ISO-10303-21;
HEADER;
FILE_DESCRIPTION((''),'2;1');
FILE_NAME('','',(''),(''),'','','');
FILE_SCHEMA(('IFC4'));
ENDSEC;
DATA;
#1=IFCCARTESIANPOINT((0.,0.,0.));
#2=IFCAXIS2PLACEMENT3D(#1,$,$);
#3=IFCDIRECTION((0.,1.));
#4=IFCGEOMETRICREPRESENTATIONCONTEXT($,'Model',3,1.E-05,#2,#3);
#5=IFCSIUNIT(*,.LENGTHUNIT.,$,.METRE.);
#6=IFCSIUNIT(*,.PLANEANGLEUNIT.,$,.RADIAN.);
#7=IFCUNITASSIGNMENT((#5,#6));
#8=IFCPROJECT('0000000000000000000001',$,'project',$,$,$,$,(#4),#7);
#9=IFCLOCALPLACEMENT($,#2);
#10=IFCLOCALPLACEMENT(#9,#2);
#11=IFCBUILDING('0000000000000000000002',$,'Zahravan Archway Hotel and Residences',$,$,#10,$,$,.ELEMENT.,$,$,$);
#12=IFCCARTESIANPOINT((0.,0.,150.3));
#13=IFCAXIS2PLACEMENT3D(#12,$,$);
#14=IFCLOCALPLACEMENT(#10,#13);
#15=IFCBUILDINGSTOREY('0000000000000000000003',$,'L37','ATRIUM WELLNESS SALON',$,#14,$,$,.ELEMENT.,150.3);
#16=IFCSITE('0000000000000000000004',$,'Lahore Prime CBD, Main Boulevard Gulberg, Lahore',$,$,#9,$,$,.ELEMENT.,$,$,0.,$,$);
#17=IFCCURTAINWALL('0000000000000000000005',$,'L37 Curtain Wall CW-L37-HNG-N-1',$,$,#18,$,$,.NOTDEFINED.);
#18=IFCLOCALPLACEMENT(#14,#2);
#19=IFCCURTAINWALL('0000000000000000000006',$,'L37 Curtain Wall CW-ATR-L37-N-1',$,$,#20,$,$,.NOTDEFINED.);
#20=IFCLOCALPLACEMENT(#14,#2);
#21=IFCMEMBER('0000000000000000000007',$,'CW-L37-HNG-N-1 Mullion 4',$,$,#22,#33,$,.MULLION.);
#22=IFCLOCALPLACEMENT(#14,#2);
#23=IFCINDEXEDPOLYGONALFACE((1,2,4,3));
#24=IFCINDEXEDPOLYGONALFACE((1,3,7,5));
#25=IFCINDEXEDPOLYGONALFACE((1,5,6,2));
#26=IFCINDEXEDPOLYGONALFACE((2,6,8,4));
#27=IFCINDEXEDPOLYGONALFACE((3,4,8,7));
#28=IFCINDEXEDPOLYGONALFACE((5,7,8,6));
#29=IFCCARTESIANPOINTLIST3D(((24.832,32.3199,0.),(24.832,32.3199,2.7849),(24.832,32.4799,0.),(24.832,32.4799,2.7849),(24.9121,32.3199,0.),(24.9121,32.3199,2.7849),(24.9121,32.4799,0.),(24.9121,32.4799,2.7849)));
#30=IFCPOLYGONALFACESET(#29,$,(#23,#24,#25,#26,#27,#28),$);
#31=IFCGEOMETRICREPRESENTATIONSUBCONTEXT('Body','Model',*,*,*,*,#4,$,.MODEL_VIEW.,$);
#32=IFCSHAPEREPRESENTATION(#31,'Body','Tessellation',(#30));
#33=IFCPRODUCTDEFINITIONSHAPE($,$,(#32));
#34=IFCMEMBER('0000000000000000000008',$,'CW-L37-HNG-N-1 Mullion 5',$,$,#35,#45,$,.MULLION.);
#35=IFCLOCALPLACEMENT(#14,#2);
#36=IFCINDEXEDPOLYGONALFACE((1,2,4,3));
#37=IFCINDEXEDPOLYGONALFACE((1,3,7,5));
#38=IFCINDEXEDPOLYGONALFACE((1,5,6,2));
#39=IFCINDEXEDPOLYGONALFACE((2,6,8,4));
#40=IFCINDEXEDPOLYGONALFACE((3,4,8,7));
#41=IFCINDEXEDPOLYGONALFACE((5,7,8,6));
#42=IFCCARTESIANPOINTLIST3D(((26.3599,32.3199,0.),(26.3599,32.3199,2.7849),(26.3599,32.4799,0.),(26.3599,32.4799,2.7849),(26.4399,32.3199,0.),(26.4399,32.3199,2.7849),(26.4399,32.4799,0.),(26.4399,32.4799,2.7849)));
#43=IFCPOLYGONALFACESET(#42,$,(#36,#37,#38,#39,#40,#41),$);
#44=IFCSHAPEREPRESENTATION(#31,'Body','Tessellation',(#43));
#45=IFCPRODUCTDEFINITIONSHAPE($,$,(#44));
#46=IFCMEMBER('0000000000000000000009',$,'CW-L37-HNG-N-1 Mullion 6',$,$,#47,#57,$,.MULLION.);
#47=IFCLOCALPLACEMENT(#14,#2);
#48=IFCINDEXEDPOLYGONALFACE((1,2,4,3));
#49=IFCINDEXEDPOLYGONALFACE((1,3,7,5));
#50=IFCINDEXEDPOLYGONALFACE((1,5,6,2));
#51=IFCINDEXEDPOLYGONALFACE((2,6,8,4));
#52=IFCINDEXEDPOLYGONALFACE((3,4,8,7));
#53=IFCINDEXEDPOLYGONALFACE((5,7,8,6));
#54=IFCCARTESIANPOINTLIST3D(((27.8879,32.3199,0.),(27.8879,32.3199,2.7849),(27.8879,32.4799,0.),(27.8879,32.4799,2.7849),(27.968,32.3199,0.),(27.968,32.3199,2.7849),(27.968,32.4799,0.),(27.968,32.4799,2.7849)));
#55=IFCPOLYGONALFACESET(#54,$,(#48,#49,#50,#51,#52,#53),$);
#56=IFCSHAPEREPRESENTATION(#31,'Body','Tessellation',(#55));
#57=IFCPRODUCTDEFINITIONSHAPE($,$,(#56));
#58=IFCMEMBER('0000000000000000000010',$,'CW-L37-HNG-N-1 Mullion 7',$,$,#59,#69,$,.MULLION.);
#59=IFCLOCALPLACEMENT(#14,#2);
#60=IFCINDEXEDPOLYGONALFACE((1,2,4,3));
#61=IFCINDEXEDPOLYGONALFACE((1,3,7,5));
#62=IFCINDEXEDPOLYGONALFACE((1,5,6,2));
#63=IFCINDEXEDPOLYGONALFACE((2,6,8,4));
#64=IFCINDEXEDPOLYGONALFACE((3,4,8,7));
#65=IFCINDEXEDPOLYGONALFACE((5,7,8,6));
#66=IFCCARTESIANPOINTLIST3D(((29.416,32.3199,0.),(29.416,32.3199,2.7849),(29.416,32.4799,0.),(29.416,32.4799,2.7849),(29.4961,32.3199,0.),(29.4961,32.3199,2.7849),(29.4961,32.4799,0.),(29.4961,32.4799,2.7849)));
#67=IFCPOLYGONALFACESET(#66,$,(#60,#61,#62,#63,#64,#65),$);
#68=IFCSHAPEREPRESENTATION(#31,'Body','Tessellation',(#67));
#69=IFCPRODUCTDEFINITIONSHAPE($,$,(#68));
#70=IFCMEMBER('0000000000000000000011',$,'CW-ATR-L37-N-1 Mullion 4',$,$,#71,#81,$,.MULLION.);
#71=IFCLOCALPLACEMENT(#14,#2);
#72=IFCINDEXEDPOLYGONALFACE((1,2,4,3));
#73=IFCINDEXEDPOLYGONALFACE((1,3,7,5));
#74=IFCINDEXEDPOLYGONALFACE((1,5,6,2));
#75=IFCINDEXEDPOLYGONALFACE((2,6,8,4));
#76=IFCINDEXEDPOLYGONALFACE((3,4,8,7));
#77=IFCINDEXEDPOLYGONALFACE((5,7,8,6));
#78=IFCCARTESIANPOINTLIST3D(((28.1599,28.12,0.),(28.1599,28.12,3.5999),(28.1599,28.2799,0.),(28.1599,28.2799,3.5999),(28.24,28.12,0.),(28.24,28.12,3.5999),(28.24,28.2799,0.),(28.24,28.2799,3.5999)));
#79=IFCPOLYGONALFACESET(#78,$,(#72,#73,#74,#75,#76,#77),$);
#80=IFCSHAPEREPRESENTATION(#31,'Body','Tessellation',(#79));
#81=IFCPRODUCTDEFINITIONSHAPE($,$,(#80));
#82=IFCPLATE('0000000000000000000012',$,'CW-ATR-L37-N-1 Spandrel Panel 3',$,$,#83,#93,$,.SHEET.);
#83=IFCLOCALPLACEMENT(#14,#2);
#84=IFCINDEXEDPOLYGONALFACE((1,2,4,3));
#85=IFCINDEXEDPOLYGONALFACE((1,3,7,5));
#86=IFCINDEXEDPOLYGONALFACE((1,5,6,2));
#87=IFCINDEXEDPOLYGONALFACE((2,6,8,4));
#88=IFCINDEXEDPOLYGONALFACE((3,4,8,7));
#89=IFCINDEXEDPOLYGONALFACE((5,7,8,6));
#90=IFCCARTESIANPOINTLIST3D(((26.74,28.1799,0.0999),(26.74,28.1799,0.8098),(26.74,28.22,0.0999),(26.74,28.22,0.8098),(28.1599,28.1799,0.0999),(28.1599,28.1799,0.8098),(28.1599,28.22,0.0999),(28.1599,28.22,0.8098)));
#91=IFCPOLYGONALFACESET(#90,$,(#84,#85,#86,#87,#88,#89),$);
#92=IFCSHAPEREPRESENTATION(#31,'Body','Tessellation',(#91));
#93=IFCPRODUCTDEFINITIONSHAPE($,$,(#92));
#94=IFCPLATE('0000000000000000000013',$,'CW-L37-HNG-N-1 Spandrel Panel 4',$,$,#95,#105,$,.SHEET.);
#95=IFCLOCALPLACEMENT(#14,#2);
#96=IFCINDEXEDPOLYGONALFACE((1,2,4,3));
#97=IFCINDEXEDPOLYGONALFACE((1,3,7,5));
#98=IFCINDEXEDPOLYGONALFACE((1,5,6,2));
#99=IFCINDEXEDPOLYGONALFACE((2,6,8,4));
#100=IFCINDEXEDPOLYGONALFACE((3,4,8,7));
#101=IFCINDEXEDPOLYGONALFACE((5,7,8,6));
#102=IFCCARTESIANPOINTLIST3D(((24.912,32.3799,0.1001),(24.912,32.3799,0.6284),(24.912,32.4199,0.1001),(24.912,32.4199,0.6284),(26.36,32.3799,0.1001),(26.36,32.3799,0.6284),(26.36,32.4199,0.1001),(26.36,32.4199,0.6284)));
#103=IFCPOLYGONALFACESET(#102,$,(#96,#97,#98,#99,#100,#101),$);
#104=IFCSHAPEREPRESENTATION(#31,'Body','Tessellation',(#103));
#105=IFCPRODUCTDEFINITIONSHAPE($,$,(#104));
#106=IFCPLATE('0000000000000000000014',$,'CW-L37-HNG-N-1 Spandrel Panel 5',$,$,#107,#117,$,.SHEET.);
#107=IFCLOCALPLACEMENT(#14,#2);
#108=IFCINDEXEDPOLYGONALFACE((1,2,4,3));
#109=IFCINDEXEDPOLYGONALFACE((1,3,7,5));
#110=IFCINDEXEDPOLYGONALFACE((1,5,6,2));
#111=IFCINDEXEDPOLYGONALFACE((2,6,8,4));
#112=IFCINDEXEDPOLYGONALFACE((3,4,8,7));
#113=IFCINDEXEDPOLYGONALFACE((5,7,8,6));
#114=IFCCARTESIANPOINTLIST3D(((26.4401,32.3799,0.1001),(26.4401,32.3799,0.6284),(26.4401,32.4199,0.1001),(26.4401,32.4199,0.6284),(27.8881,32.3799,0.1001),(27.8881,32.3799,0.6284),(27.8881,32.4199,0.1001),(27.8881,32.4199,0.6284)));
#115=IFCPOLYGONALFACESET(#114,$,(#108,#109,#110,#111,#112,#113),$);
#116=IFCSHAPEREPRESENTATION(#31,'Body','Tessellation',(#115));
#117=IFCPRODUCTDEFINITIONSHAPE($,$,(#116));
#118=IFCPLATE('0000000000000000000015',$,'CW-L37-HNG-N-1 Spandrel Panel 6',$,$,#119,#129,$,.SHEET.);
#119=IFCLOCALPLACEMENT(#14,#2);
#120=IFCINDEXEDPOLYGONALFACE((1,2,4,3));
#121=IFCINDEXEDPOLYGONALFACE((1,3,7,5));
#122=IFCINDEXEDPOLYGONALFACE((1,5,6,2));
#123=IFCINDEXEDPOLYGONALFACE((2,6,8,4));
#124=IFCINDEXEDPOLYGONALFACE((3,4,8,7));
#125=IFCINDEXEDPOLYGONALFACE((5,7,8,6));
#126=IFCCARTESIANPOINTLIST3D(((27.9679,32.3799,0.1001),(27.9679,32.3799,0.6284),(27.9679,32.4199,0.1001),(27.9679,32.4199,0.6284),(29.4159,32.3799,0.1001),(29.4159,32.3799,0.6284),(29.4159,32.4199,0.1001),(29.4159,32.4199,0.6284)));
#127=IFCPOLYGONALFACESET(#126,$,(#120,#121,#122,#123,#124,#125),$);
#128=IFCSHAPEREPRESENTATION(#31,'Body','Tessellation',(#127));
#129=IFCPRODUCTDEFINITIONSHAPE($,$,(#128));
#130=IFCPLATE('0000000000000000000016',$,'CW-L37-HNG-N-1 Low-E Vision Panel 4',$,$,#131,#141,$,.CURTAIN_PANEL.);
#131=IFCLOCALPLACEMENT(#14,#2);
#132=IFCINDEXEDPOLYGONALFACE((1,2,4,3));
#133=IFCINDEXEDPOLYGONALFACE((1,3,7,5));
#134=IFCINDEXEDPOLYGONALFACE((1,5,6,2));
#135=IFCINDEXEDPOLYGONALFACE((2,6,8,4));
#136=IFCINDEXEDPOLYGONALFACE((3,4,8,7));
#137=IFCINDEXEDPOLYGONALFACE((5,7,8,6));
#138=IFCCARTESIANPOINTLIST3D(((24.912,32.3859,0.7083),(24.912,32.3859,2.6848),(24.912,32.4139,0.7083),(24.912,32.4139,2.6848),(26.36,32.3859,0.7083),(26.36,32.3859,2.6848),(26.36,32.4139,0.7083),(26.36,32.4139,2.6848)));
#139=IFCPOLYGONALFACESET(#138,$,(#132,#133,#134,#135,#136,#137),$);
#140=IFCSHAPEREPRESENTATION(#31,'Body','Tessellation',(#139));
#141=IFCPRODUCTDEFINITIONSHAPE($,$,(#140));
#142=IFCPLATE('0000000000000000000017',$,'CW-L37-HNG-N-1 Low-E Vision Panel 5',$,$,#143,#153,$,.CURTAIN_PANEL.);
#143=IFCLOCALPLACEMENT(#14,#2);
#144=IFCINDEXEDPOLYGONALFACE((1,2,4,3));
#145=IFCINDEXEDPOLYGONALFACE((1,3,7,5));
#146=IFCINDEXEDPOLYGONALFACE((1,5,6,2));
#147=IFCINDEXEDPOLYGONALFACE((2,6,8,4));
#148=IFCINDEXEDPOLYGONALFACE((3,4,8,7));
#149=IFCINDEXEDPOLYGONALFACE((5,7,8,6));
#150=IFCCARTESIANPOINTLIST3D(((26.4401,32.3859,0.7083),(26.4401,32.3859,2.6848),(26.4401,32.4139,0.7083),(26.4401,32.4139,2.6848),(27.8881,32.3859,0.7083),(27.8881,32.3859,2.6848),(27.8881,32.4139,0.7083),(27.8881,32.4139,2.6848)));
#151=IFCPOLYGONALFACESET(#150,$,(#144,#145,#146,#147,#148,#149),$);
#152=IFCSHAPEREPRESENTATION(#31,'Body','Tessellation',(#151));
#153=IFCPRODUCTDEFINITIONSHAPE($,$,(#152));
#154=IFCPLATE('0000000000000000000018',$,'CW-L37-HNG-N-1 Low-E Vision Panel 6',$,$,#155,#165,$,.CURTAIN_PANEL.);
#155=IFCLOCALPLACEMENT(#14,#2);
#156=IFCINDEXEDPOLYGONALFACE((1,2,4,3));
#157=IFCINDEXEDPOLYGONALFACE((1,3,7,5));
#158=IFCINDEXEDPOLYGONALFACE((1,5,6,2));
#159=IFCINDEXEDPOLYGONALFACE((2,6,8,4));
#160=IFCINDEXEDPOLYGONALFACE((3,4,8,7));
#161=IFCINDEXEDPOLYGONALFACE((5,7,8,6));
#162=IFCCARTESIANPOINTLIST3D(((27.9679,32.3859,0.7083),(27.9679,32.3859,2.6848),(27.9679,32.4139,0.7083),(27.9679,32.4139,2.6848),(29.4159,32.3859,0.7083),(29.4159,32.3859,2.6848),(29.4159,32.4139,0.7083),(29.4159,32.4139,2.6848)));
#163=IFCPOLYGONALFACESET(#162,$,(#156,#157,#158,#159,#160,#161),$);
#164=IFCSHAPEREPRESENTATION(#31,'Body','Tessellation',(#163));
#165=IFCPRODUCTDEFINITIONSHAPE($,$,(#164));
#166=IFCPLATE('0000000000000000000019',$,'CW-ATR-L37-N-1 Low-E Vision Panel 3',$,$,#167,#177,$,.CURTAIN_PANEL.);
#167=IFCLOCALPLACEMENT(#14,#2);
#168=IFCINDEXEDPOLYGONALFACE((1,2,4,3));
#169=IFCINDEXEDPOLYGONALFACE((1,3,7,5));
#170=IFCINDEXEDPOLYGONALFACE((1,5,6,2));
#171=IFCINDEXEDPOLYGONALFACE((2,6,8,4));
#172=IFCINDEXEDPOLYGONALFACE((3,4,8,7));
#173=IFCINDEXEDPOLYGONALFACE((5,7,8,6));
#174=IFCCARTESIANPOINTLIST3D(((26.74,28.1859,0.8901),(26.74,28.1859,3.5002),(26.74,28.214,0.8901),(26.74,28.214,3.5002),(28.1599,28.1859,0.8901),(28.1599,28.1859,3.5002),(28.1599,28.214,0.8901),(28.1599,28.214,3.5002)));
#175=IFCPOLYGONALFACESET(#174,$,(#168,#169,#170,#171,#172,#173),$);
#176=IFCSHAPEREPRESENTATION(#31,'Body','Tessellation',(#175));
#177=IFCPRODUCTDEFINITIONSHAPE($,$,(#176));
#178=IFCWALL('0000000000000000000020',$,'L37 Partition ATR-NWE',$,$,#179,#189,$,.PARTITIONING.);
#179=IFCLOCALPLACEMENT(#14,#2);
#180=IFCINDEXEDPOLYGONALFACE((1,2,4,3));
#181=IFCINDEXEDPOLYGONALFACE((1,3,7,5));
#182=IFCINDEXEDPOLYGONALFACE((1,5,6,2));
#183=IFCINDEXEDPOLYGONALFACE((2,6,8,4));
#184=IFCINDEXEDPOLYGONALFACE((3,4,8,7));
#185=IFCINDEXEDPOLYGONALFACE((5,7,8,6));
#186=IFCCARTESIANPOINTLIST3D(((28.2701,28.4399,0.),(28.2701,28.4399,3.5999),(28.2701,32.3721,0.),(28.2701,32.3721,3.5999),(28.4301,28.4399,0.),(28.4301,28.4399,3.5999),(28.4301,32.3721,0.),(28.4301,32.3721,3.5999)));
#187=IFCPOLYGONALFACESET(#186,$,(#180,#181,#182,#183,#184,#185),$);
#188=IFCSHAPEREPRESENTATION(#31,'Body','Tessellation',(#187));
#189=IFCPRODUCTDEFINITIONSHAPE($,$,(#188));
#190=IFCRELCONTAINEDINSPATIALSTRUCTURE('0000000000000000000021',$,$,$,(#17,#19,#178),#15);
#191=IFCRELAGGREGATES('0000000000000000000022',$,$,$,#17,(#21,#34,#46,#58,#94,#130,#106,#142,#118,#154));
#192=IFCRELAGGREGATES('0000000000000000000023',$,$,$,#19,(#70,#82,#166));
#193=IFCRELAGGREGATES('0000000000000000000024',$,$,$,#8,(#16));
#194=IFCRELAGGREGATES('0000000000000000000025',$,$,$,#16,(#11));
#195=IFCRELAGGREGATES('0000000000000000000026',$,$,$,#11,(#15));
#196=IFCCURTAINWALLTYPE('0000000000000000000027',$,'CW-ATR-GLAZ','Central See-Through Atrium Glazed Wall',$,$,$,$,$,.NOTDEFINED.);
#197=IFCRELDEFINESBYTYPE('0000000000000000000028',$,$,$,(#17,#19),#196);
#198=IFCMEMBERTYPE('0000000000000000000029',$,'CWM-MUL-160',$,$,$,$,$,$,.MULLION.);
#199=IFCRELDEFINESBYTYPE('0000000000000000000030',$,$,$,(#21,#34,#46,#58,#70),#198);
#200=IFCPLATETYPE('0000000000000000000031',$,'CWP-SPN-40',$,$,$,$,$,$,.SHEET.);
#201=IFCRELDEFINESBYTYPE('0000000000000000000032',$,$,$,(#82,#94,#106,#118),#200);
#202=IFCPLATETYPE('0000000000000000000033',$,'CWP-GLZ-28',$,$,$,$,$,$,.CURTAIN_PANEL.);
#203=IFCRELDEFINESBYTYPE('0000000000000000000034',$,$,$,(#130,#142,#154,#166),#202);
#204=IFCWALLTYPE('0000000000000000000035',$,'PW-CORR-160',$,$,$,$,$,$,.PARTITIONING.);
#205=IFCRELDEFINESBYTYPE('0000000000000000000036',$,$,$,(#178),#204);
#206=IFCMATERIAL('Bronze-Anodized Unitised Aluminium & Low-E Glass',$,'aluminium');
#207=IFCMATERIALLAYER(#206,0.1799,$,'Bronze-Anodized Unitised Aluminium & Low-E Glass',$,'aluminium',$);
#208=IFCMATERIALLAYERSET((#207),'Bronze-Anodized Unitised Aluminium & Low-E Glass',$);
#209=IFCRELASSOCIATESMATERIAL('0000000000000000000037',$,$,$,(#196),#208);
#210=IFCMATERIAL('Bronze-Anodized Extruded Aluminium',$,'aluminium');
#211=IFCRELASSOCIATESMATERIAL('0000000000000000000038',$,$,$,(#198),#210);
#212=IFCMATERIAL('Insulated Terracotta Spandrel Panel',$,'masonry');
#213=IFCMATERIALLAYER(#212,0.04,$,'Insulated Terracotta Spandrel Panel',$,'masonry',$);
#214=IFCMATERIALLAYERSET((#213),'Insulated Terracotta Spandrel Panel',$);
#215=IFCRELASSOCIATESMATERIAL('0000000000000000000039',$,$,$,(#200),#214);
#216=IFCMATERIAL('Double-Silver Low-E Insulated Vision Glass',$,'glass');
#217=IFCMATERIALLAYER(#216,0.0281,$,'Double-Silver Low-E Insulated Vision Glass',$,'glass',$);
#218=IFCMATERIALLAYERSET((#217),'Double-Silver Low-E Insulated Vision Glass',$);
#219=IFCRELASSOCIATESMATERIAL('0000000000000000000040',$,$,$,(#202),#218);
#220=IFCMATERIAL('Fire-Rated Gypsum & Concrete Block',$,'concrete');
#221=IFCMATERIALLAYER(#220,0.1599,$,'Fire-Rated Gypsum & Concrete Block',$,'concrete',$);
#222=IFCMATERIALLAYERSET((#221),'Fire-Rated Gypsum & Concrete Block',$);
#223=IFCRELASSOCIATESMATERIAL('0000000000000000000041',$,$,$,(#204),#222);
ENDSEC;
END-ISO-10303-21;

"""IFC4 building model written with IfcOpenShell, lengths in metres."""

from ifc_helpers import new_model, si_unit, direction, frame, frame_2d, origin, origin_2d, place, context, subcontext, project, spatial, rectangle, extrude, source, transform, mapped, material, layer, layer_set, material_profile, profile_set, type_object, element, aggregate, save


model = new_model("IFC4")

# Units and contexts
model_context = context("Model", 3, precision=1e-05, world=origin(), true_north=direction((0.0, 1.0)))
body_context = subcontext(model_context, "Body", "Model", "MODEL_VIEW")
ifc_project = project(units=[si_unit("LENGTHUNIT", "METRE"), si_unit("PLANEANGLEUNIT", "RADIAN")], contexts=[model_context])

# Site, building, storey
site_placement = place(None, origin())
site = spatial("IfcSite", under=ifc_project, at=site_placement, Name="Lahore Prime CBD, Main Boulevard Gulberg, Lahore", CompositionType="ELEMENT", RefElevation=0.0)
building_placement = place(site_placement, origin())
building = spatial("IfcBuilding", under=site, at=building_placement, Name="Zahravan Archway Hotel and Residences", CompositionType="ELEMENT")
storey_placement = place(building_placement, frame((0.0, 0.0, 150.3)))
storey = spatial("IfcBuildingStorey", under=building, at=storey_placement, Name="L37", Description="ATRIUM WELLNESS SALON", CompositionType="ELEMENT", Elevation=150.3)

# Curtain walls
ifc_material_1 = material(Name="Bronze-Anodized Unitised Aluminium & Low-E Glass", Category="aluminium")
ifc_layer_1 = layer(ifc_material_1, 0.1799, Name="Bronze-Anodized Unitised Aluminium & Low-E Glass", Category="aluminium")
ifc_layer_set_1 = layer_set([ifc_layer_1], Name="Bronze-Anodized Unitised Aluminium & Low-E Glass")
curtain_wall_type = type_object("IfcCurtainWallType", Name="CW-ATR-GLAZ", Description="Central See-Through Atrium Glazed Wall", PredefinedType="NOTDEFINED", material=ifc_layer_set_1)
curtain_wall_1_placement = place(storey_placement, origin())
curtain_wall_1 = element("IfcCurtainWall", 1, at=curtain_wall_1_placement, inside=storey, type_object=curtain_wall_type, Name="L37 Curtain Wall CW-L37-HNG-N-1", PredefinedType="NOTDEFINED")
ifc_material_2 = material(Name="Bronze-Anodized Extruded Aluminium", Category="aluminium")
curtain_wall_2_placement = place(storey_placement, origin())
curtain_wall_2 = element("IfcCurtainWall", 2, at=curtain_wall_2_placement, inside=storey, type_object=curtain_wall_type, Name="L37 Curtain Wall CW-ATR-L37-N-1", PredefinedType="NOTDEFINED")

# Members
ifc_material_profile_1 = material_profile(ifc_material_2, rectangle(XDim=0.0801, YDim=0.1599, at=origin_2d()), Name="MUL 80x160", Category="aluminium")
ifc_profile_set_1 = profile_set([ifc_material_profile_1], Name="Bronze-Anodized Extruded Aluminium")
member_type_1 = type_object("IfcMemberType", Name="CWM-MUL-160", PredefinedType="MULLION", material=ifc_profile_set_1)
shared_shape_1 = source(origin(), body_context, "Body", "SweptSolid", [
    extrude(rectangle(XDim=0.0801, YDim=0.1599, at=origin_2d()), origin(), (0.0, 0.0, 1.0), 2.7849),
])
member_1_placement = place(storey_placement, frame((24.8721, 32.3999, 0.0), z_axis=(0.0, 0.0, 1.0), x_axis=(1.0, 0.0, 0.0)))
member_1 = element("IfcMember", 3, at=member_1_placement, type_object=member_type_1, Name="CW-L37-HNG-N-1 Mullion 4", PredefinedType="MULLION", context=body_context, shape_type="MappedRepresentation", body=[
    mapped(shared_shape_1, transform((0.0, 0.0, 0.0), scale=1.0)),
])
member_2_placement = place(storey_placement, frame((26.3999, 32.3999, 0.0), z_axis=(0.0, 0.0, 1.0), x_axis=(1.0, 0.0, 0.0)))
member_2 = element("IfcMember", 4, at=member_2_placement, type_object=member_type_1, Name="CW-L37-HNG-N-1 Mullion 5", PredefinedType="MULLION", context=body_context, shape_type="MappedRepresentation", body=[
    mapped(shared_shape_1, transform((0.0, 0.0, 0.0), scale=1.0)),
])
member_3_placement = place(storey_placement, frame((27.928, 32.3999, 0.0), z_axis=(0.0, 0.0, 1.0), x_axis=(1.0, 0.0, 0.0)))
member_3 = element("IfcMember", 5, at=member_3_placement, type_object=member_type_1, Name="CW-L37-HNG-N-1 Mullion 6", PredefinedType="MULLION", context=body_context, shape_type="MappedRepresentation", body=[
    mapped(shared_shape_1, transform((0.0, 0.0, 0.0), scale=1.0)),
])
member_4_placement = place(storey_placement, frame((29.4561, 32.3999, 0.0), z_axis=(0.0, 0.0, 1.0), x_axis=(1.0, 0.0, 0.0)))
member_4 = element("IfcMember", 6, at=member_4_placement, type_object=member_type_1, Name="CW-L37-HNG-N-1 Mullion 7", PredefinedType="MULLION", context=body_context, shape_type="MappedRepresentation", body=[
    mapped(shared_shape_1, transform((0.0, 0.0, 0.0), scale=1.0)),
])
shared_shape_2 = source(origin(), body_context, "Body", "SweptSolid", [
    extrude(rectangle(XDim=0.0801, YDim=0.1599, at=origin_2d()), origin(), (0.0, 0.0, 1.0), 3.5999),
])
member_5_placement = place(storey_placement, frame((28.2, 28.2, 0.0), z_axis=(0.0, 0.0, 1.0), x_axis=(1.0, 0.0, 0.0)))
member_5 = element("IfcMember", 7, at=member_5_placement, type_object=member_type_1, Name="CW-ATR-L37-N-1 Mullion 4", PredefinedType="MULLION", context=body_context, shape_type="MappedRepresentation", body=[
    mapped(shared_shape_2, transform((0.0, 0.0, 0.0), scale=1.0)),
])

# Plates
ifc_material_3 = material(Name="Insulated Terracotta Spandrel Panel", Category="masonry")
ifc_layer_2 = layer(ifc_material_3, 0.04, Name="Insulated Terracotta Spandrel Panel", Category="masonry")
ifc_layer_set_2 = layer_set([ifc_layer_2], Name="Insulated Terracotta Spandrel Panel")
plate_type_1 = type_object("IfcPlateType", Name="CWP-SPN-40", PredefinedType="SHEET", material=ifc_layer_set_2)
shared_shape_3 = source(origin(), body_context, "Body", "SweptSolid", [
    extrude(rectangle(XDim=1.4199, YDim=0.04, at=origin_2d()), origin(), (0.0, 0.0, 1.0), 0.71),
])
plate_1_placement = place(storey_placement, frame((27.45, 28.2, 0.0999), z_axis=(0.0, 0.0, 1.0), x_axis=(1.0, 0.0, 0.0)))
plate_1 = element("IfcPlate", 8, at=plate_1_placement, type_object=plate_type_1, Name="CW-ATR-L37-N-1 Spandrel Panel 3", PredefinedType="SHEET", context=body_context, shape_type="MappedRepresentation", body=[
    mapped(shared_shape_3, transform((0.0, 0.0, 0.0), scale=1.0)),
])
shared_shape_4 = source(origin(), body_context, "Body", "SweptSolid", [
    extrude(rectangle(XDim=1.448, YDim=0.04, at=origin_2d()), origin(), (0.0, 0.0, 1.0), 0.5283),
])
plate_2_placement = place(storey_placement, frame((25.636, 32.3999, 0.1001), z_axis=(0.0, 0.0, 1.0), x_axis=(1.0, 0.0, 0.0)))
plate_2 = element("IfcPlate", 9, at=plate_2_placement, type_object=plate_type_1, Name="CW-L37-HNG-N-1 Spandrel Panel 4", PredefinedType="SHEET", context=body_context, shape_type="MappedRepresentation", body=[
    mapped(shared_shape_4, transform((0.0, 0.0, 0.0), scale=1.0)),
])
plate_3_placement = place(storey_placement, frame((27.1641, 32.3999, 0.1001), z_axis=(0.0, 0.0, 1.0), x_axis=(1.0, 0.0, 0.0)))
plate_3 = element("IfcPlate", 10, at=plate_3_placement, type_object=plate_type_1, Name="CW-L37-HNG-N-1 Spandrel Panel 5", PredefinedType="SHEET", context=body_context, shape_type="MappedRepresentation", body=[
    mapped(shared_shape_4, transform((0.0, 0.0, 0.0), scale=1.0)),
])
plate_4_placement = place(storey_placement, frame((28.6919, 32.3999, 0.1001), z_axis=(0.0, 0.0, 1.0), x_axis=(1.0, 0.0, 0.0)))
plate_4 = element("IfcPlate", 11, at=plate_4_placement, type_object=plate_type_1, Name="CW-L37-HNG-N-1 Spandrel Panel 6", PredefinedType="SHEET", context=body_context, shape_type="MappedRepresentation", body=[
    mapped(shared_shape_4, transform((0.0, 0.0, 0.0), scale=1.0)),
])
ifc_material_4 = material(Name="Double-Silver Low-E Insulated Vision Glass", Category="glass")
ifc_layer_3 = layer(ifc_material_4, 0.0281, Name="Double-Silver Low-E Insulated Vision Glass", Category="glass")
ifc_layer_set_3 = layer_set([ifc_layer_3], Name="Double-Silver Low-E Insulated Vision Glass")
plate_type_2 = type_object("IfcPlateType", Name="CWP-GLZ-28", PredefinedType="CURTAIN_PANEL", material=ifc_layer_set_3)
shared_shape_5 = source(origin(), body_context, "Body", "SweptSolid", [
    extrude(rectangle(XDim=1.448, YDim=0.0281, at=origin_2d()), origin(), (0.0, 0.0, 1.0), 1.9766),
])
plate_5_placement = place(storey_placement, frame((25.636, 32.3999, 0.7083), z_axis=(0.0, 0.0, 1.0), x_axis=(1.0, 0.0, 0.0)))
plate_5 = element("IfcPlate", 12, at=plate_5_placement, type_object=plate_type_2, Name="CW-L37-HNG-N-1 Low-E Vision Panel 4", PredefinedType="CURTAIN_PANEL", context=body_context, shape_type="MappedRepresentation", body=[
    mapped(shared_shape_5, transform((0.0, 0.0, 0.0), scale=1.0)),
])
plate_6_placement = place(storey_placement, frame((27.1641, 32.3999, 0.7083), z_axis=(0.0, 0.0, 1.0), x_axis=(1.0, 0.0, 0.0)))
plate_6 = element("IfcPlate", 13, at=plate_6_placement, type_object=plate_type_2, Name="CW-L37-HNG-N-1 Low-E Vision Panel 5", PredefinedType="CURTAIN_PANEL", context=body_context, shape_type="MappedRepresentation", body=[
    mapped(shared_shape_5, transform((0.0, 0.0, 0.0), scale=1.0)),
])
plate_7_placement = place(storey_placement, frame((28.6919, 32.3999, 0.7083), z_axis=(0.0, 0.0, 1.0), x_axis=(1.0, 0.0, 0.0)))
plate_7 = element("IfcPlate", 14, at=plate_7_placement, type_object=plate_type_2, Name="CW-L37-HNG-N-1 Low-E Vision Panel 6", PredefinedType="CURTAIN_PANEL", context=body_context, shape_type="MappedRepresentation", body=[
    mapped(shared_shape_5, transform((0.0, 0.0, 0.0), scale=1.0)),
])
aggregate(curtain_wall_1, [member_1, member_2, member_3, member_4, plate_2, plate_5, plate_3, plate_6, plate_4, plate_7])
shared_shape_6 = source(origin(), body_context, "Body", "SweptSolid", [
    extrude(rectangle(XDim=1.4199, YDim=0.0281, at=origin_2d()), origin(), (0.0, 0.0, 1.0), 2.6101),
])
plate_8_placement = place(storey_placement, frame((27.45, 28.2, 0.8901), z_axis=(0.0, 0.0, 1.0), x_axis=(1.0, 0.0, 0.0)))
plate_8 = element("IfcPlate", 15, at=plate_8_placement, type_object=plate_type_2, Name="CW-ATR-L37-N-1 Low-E Vision Panel 3", PredefinedType="CURTAIN_PANEL", context=body_context, shape_type="MappedRepresentation", body=[
    mapped(shared_shape_6, transform((0.0, 0.0, 0.0), scale=1.0)),
])
aggregate(curtain_wall_2, [member_5, plate_1, plate_8])

# Wall
ifc_material_5 = material(Name="Fire-Rated Gypsum & Concrete Block", Category="concrete")
ifc_layer_4 = layer(ifc_material_5, 0.1599, Name="Fire-Rated Gypsum & Concrete Block", Category="concrete")
ifc_layer_set_4 = layer_set([ifc_layer_4], Name="Fire-Rated Gypsum & Concrete Block")
wall_type = type_object("IfcWallType", Name="PW-CORR-160", PredefinedType="PARTITIONING", material=ifc_layer_set_4)
wall_placement = place(storey_placement, frame((28.3501, 28.4399, 0.0), z_axis=(0.0, 0.0, 1.0), x_axis=(0.0, 1.0, 0.0)))
element("IfcWall", 16, at=wall_placement, inside=storey, type_object=wall_type, Name="L37 Partition ATR-NWE", PredefinedType="PARTITIONING", context=body_context, shape_type="SweptSolid", body=[
    extrude(rectangle(XDim=3.9321, YDim=0.1599, at=frame_2d((1.9661, 0.0))), origin(), (0.0, 0.0, 1.0), 3.5999),
])

save(model, "model.ifc")
